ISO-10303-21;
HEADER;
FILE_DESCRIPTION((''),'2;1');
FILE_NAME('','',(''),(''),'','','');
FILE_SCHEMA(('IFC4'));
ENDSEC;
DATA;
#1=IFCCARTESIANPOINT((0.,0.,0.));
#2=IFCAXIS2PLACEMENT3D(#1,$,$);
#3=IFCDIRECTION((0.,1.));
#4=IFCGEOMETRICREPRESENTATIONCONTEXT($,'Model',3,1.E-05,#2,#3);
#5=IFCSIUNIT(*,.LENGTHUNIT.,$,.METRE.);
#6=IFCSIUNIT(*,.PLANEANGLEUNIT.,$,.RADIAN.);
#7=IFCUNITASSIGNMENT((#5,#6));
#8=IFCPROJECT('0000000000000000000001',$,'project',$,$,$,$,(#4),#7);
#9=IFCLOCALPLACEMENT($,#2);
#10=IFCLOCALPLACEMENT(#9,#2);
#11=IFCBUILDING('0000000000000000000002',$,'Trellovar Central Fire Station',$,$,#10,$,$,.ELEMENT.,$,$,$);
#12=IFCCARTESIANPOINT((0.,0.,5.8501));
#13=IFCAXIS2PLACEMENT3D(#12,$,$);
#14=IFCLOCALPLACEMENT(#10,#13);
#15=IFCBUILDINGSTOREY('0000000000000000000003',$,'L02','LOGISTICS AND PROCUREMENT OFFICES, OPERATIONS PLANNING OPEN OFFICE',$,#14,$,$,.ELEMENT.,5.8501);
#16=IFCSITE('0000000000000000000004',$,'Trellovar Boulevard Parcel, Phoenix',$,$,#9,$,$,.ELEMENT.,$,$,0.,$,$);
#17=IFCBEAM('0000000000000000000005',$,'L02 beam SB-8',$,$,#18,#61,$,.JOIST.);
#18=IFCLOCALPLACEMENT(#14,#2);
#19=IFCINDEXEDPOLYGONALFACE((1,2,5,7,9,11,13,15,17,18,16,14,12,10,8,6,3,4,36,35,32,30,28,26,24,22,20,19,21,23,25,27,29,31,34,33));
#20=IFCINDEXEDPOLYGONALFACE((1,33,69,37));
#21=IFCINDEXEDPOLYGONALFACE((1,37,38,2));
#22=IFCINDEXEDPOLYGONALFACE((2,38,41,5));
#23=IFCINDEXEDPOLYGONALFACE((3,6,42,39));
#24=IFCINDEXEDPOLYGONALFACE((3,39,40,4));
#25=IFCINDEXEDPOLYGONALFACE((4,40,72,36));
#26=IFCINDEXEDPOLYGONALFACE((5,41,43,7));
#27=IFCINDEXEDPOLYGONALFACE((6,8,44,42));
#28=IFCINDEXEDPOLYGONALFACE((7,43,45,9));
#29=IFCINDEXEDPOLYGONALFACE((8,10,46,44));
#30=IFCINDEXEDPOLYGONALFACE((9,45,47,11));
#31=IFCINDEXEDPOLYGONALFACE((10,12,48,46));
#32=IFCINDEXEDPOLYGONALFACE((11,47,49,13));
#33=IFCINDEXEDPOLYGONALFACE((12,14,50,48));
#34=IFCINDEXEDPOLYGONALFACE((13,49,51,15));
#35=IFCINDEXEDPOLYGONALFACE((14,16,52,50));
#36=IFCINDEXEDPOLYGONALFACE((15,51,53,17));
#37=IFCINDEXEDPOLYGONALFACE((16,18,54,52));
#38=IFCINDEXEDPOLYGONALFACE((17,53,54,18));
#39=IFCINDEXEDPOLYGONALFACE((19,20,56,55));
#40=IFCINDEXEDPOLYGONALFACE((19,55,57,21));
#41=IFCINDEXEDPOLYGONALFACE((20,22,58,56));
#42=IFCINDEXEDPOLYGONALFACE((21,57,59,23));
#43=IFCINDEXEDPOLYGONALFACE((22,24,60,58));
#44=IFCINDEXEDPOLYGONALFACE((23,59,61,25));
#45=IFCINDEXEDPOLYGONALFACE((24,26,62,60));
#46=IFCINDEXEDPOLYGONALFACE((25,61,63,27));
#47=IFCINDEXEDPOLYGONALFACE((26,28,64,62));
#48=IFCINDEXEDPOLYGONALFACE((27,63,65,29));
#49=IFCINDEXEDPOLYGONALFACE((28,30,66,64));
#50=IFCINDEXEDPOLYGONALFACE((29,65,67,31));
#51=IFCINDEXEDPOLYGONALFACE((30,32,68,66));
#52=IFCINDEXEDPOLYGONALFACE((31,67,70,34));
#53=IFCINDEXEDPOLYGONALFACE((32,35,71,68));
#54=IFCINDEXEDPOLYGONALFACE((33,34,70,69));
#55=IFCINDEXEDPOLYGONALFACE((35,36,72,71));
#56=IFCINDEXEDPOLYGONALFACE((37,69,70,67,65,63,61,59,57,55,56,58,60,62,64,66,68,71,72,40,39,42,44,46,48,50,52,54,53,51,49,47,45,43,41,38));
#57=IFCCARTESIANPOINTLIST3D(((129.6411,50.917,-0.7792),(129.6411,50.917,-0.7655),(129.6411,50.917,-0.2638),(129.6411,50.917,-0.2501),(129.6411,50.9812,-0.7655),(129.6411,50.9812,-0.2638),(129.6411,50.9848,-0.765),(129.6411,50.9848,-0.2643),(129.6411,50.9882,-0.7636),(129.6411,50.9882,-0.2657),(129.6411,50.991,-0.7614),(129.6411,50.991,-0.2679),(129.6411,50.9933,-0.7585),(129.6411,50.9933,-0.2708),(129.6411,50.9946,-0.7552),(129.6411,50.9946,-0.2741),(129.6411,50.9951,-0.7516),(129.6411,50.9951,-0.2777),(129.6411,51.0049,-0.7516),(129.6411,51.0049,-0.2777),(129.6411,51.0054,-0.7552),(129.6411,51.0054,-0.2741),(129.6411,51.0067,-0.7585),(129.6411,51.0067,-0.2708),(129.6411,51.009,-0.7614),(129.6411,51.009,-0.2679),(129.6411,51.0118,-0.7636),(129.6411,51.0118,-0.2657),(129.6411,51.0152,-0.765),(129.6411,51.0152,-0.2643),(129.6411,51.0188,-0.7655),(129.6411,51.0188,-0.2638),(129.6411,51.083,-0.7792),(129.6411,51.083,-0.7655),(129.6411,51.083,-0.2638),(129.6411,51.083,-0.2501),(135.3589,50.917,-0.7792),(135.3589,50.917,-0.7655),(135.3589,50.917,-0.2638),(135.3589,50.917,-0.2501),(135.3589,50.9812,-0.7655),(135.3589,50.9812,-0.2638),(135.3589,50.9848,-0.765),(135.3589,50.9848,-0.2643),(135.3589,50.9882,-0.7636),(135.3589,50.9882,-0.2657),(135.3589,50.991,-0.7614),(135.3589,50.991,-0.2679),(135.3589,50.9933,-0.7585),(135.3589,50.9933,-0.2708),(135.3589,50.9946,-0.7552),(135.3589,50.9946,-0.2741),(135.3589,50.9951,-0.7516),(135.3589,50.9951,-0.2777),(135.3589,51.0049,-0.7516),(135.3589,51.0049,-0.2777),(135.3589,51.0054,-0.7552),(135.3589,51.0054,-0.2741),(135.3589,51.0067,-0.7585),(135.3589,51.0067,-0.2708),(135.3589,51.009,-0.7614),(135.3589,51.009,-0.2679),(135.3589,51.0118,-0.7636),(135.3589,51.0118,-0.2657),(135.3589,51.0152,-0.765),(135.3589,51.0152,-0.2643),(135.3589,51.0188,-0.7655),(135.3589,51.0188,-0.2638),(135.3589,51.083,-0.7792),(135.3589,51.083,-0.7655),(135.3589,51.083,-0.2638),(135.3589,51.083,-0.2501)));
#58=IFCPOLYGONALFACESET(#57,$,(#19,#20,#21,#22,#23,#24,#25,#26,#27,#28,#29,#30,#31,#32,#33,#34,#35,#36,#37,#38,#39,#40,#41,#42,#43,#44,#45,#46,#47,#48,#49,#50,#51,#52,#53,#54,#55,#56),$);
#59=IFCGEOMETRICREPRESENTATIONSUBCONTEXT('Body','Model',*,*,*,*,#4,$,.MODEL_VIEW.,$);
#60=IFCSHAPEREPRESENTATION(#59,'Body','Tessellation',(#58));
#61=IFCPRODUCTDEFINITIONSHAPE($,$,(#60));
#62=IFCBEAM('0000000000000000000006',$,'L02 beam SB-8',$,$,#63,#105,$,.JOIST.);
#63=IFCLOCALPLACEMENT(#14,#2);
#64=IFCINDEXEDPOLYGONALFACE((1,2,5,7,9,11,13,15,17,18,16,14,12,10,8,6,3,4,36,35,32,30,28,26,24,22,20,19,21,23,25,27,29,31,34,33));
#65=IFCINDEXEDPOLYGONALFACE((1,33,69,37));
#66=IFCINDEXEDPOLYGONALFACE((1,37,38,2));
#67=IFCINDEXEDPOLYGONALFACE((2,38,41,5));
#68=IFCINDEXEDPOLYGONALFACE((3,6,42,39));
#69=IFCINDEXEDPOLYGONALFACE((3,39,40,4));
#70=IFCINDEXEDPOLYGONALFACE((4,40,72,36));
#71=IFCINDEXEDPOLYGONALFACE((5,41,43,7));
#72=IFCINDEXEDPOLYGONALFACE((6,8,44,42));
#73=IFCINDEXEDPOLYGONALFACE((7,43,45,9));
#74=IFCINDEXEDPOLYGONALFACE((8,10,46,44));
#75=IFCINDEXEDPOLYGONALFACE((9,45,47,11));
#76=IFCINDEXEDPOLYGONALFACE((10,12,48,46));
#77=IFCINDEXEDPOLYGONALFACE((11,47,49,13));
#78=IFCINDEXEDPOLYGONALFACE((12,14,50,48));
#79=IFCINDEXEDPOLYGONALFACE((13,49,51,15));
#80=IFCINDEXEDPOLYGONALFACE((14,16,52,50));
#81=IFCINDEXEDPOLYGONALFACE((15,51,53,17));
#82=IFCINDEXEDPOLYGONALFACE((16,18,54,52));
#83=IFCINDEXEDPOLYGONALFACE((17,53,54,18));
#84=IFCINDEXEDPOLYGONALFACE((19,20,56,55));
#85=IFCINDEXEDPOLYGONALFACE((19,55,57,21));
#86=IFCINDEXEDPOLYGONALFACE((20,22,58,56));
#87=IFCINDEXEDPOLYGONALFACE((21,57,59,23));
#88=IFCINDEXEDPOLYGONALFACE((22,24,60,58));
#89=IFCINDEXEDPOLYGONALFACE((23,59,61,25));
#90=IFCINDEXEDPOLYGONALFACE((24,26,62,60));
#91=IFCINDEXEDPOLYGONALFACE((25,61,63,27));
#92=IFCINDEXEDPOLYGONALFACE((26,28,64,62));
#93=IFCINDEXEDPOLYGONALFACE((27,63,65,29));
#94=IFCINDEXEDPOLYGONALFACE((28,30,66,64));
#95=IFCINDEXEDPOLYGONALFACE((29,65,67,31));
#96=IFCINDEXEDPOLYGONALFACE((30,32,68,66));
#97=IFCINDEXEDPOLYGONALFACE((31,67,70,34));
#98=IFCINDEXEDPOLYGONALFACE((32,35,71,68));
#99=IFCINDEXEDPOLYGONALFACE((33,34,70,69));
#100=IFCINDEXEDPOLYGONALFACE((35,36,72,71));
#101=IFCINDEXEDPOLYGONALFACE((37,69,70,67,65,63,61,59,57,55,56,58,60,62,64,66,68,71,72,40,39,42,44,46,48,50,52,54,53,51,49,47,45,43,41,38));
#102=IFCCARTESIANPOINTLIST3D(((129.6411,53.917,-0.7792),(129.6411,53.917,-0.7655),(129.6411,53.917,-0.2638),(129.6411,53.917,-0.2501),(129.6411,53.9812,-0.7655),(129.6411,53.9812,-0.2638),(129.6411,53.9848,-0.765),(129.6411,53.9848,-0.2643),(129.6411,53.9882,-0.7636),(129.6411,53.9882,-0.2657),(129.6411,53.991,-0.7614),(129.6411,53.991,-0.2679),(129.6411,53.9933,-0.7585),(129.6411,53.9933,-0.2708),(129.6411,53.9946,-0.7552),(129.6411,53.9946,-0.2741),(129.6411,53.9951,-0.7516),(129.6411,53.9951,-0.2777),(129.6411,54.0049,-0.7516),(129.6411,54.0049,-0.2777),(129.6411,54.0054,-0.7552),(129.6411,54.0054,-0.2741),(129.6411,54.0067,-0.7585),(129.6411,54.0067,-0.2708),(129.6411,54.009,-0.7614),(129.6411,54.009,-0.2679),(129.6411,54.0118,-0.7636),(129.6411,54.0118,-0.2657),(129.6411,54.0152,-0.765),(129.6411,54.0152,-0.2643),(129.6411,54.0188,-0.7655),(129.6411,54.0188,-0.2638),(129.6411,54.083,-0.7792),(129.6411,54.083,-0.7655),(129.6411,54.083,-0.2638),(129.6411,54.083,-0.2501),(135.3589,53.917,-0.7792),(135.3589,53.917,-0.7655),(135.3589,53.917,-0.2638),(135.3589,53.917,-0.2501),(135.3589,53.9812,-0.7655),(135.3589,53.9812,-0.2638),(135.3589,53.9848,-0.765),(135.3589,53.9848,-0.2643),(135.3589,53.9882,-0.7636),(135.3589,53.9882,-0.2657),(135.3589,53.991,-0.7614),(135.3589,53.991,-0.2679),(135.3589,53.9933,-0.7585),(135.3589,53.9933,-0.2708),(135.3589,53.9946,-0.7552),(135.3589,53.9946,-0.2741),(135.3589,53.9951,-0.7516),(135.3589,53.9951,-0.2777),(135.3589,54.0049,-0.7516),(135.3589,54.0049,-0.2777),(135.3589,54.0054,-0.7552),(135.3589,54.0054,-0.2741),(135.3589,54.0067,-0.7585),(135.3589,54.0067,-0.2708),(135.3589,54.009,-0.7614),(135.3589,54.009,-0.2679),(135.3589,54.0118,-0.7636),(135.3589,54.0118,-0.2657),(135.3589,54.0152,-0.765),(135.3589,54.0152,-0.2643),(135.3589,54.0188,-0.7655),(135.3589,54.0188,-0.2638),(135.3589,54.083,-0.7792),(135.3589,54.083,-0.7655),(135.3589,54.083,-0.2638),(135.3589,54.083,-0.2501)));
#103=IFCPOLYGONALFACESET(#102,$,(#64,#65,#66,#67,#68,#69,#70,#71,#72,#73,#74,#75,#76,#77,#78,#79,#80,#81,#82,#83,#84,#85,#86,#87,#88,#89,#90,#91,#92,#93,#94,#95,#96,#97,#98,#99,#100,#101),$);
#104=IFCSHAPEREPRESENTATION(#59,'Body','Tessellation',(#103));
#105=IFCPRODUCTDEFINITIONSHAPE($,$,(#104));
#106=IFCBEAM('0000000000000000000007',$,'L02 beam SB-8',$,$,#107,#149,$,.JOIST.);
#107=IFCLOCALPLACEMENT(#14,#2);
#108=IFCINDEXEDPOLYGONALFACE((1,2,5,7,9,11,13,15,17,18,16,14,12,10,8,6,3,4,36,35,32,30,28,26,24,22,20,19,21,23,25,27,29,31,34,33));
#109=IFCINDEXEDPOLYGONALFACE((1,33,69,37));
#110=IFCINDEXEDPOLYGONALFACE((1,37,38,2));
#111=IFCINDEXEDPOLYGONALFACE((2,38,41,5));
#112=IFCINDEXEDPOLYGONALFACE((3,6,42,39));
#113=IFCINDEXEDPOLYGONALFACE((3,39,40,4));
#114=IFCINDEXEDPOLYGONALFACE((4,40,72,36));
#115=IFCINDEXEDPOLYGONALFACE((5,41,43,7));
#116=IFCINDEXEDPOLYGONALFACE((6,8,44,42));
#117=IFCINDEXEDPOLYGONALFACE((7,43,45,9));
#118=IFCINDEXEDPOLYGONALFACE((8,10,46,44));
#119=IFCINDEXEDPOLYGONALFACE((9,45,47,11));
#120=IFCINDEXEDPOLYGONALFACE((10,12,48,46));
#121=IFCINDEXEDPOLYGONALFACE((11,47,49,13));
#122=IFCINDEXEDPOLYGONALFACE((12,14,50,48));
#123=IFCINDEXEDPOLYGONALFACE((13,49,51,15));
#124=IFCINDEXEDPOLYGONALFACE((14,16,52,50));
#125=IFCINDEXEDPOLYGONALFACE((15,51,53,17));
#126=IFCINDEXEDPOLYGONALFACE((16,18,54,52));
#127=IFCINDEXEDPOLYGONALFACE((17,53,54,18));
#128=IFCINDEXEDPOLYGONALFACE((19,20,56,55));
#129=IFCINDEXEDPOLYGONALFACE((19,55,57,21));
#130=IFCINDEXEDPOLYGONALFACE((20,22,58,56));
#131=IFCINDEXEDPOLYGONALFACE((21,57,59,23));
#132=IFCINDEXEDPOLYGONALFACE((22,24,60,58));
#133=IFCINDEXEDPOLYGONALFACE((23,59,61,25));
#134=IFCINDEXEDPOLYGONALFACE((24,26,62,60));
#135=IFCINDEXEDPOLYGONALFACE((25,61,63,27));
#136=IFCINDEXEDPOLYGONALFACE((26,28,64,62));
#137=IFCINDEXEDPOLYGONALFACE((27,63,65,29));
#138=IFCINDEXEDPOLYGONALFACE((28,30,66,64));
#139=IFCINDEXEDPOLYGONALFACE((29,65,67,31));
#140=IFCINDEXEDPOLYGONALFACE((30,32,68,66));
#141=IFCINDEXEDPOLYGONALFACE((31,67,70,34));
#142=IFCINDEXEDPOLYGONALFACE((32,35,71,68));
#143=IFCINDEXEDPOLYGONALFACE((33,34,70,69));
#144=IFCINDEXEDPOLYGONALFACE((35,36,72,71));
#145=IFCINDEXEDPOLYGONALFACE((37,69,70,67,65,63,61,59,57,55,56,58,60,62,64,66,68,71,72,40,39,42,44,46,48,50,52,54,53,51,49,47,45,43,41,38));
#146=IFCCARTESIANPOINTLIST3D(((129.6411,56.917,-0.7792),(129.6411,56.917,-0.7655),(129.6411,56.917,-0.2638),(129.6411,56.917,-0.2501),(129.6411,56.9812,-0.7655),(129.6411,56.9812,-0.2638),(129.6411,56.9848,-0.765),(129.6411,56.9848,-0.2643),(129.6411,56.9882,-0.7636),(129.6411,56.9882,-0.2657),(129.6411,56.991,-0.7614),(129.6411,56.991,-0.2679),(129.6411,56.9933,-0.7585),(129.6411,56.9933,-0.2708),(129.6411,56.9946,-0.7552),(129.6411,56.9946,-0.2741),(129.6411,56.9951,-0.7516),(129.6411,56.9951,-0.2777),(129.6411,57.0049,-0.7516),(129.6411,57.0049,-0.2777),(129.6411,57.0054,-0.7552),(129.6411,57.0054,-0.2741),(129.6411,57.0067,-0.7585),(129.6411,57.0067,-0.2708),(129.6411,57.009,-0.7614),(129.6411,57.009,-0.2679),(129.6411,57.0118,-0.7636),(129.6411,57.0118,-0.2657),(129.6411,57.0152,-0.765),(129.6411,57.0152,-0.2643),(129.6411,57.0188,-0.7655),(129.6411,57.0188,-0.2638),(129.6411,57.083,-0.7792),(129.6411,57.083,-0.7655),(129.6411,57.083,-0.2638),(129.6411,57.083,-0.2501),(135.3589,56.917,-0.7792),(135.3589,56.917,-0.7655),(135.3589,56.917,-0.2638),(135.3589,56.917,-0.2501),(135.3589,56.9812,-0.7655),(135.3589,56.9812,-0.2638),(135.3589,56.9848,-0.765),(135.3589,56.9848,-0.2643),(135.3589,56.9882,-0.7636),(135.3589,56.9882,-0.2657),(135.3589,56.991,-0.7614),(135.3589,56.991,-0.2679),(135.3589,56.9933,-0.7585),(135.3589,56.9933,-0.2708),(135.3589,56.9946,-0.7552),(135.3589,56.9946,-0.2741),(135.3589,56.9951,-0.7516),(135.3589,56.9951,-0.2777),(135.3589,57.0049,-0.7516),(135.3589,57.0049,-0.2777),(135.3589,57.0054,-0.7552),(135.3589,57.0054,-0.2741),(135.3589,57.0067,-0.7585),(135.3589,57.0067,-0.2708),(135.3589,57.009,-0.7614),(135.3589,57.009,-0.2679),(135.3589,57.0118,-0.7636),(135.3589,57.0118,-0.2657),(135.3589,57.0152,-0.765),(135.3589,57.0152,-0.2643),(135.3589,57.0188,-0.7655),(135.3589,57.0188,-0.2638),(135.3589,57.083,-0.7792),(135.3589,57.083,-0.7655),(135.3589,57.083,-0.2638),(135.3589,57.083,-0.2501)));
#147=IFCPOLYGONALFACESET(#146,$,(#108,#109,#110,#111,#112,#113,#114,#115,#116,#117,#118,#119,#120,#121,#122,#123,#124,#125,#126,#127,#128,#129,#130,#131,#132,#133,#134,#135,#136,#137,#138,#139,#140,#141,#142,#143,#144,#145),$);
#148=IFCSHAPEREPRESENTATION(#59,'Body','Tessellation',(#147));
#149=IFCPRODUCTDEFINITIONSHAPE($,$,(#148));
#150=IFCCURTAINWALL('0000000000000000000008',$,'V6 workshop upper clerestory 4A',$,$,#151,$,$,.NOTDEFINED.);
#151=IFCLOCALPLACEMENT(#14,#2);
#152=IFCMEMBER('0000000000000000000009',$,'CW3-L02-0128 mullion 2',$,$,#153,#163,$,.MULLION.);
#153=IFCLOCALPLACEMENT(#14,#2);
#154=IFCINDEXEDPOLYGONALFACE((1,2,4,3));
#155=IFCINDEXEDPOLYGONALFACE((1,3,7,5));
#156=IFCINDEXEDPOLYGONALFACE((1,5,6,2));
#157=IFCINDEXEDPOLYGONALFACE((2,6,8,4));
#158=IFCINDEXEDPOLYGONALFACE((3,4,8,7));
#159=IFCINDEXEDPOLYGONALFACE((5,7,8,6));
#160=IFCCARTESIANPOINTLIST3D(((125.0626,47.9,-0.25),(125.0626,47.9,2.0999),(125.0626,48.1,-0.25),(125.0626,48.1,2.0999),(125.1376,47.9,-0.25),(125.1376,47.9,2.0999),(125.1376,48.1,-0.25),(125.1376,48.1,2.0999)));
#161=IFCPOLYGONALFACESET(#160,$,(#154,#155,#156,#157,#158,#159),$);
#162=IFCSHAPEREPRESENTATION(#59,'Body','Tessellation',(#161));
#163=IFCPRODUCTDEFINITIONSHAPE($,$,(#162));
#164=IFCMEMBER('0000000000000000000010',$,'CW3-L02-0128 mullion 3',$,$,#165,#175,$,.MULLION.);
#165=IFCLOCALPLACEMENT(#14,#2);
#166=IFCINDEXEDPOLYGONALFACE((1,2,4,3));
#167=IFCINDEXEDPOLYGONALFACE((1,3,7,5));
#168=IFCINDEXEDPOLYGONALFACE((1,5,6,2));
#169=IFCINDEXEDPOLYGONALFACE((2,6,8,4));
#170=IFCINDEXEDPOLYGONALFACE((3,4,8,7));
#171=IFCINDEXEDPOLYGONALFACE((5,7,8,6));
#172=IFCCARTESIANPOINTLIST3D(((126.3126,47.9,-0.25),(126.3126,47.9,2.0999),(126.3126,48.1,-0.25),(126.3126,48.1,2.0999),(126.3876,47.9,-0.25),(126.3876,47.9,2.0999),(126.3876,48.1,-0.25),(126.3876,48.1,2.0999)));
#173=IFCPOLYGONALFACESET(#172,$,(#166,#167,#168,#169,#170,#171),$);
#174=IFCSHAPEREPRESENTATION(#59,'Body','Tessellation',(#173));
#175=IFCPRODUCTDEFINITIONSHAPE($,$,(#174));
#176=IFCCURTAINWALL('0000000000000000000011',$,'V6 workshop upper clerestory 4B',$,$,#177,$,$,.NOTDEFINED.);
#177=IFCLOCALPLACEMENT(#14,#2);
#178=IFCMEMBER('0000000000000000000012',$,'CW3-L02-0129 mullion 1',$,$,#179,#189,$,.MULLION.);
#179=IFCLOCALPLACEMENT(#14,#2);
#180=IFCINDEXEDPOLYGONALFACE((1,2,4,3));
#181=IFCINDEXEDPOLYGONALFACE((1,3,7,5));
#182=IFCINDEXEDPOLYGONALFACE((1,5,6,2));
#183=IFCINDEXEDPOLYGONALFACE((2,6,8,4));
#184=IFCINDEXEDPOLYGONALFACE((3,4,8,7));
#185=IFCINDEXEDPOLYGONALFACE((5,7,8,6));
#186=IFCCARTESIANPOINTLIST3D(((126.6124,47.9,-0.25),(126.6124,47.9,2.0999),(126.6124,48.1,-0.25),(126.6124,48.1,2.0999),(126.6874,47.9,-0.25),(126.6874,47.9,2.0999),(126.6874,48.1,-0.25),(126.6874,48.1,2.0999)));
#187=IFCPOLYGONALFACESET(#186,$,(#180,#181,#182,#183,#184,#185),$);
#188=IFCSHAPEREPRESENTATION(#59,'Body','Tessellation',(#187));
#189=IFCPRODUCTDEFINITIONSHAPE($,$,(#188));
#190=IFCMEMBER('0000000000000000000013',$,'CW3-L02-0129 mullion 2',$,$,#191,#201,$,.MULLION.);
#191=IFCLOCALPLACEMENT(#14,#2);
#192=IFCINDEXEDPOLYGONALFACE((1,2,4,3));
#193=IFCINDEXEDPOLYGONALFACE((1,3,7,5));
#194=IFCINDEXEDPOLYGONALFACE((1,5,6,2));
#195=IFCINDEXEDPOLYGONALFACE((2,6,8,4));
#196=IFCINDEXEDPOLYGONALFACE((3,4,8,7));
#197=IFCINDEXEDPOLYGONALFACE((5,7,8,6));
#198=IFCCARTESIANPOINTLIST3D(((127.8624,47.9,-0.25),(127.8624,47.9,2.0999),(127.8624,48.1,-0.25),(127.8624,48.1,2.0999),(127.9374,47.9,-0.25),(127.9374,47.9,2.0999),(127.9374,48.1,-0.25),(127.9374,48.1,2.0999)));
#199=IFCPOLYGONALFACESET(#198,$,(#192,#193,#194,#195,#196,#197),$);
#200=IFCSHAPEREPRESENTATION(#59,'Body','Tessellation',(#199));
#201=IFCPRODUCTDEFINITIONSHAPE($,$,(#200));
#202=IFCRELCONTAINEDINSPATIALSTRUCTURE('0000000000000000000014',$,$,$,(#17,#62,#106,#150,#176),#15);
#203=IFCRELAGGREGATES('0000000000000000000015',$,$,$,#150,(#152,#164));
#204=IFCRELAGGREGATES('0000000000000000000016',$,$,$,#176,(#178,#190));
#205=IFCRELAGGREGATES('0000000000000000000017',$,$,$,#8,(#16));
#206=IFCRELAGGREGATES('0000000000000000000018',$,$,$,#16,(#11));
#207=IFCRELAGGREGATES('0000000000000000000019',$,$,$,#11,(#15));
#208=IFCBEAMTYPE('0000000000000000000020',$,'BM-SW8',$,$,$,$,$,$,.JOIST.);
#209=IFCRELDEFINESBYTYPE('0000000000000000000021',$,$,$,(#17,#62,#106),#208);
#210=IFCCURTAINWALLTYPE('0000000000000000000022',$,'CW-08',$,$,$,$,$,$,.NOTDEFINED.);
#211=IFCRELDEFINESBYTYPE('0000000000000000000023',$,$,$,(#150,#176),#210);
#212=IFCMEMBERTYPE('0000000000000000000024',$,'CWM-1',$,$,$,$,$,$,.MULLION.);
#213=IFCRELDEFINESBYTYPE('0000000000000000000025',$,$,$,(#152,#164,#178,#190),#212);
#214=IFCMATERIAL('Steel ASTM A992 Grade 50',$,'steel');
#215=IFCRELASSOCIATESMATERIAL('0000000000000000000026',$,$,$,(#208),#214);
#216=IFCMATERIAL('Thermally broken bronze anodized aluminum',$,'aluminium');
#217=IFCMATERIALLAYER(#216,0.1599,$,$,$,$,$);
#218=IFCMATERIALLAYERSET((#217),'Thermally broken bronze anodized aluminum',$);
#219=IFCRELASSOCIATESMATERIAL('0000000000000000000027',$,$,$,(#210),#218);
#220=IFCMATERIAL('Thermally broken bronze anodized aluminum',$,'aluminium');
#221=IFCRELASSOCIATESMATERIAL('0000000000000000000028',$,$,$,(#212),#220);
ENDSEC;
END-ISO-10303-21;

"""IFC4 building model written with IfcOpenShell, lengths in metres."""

from ifc_helpers import new_model, si_unit, direction, frame, origin, origin_2d, place, context, subcontext, project, spatial, rectangle, i_section, extrude, material, layer, layer_set, material_profile, profile_set, type_object, element, aggregate, save


model = new_model("IFC4")

# Units and contexts
model_context = context("Model", 3, precision=1e-05, world=origin(), true_north=direction((0.0, 1.0)))
body_context = subcontext(model_context, "Body", "Model", "MODEL_VIEW")
ifc_project = project(units=[si_unit("LENGTHUNIT", "METRE"), si_unit("PLANEANGLEUNIT", "RADIAN")], contexts=[model_context])

# Site, building, storey
site_placement = place(None, origin())
site = spatial("IfcSite", under=ifc_project, at=site_placement, Name="Trellovar Boulevard Parcel, Phoenix", CompositionType="ELEMENT", RefElevation=0.0)
building_placement = place(site_placement, origin())
building = spatial("IfcBuilding", under=site, at=building_placement, Name="Trellovar Central Fire Station", CompositionType="ELEMENT")
storey_placement = place(building_placement, frame((0.0, 0.0, 5.8501)))
storey = spatial("IfcBuildingStorey", under=building, at=storey_placement, Name="L02", Description="LOGISTICS AND PROCUREMENT OFFICES, OPERATIONS PLANNING OPEN OFFICE", CompositionType="ELEMENT", Elevation=5.8501)

# Beams
ifc_material_1 = material(Name="Steel ASTM A992 Grade 50", Category="steel")
ifc_material_profile_1 = material_profile(ifc_material_1, i_section(OverallWidth=0.166, OverallDepth=0.5291, WebThickness=0.0098, FlangeThickness=0.0137, FilletRadius=0.0139, at=origin_2d()), Name="W21X50")
ifc_profile_set_1 = profile_set([ifc_material_profile_1], Name="Steel ASTM A992 Grade 50")
beam_type_1 = type_object("IfcBeamType", Name="BM-SW8", PredefinedType="JOIST", material=ifc_profile_set_1)
for number, where, z_axis, x_axis, name in (
    (1, (129.6411, 51.0, -0.5146), (1.0, 0.0, 0.0), (0.0, 1.0, 0.0), "L02 beam SB-8"),
    (2, (129.6411, 54.0, -0.5146), (1.0, 0.0, 0.0), (0.0, 1.0, 0.0), "L02 beam SB-8"),
    (3, (129.6411, 57.0, -0.5146), (1.0, 0.0, 0.0), (0.0, 1.0, 0.0), "L02 beam SB-8"),
):
    element("IfcBeam", number, at=place(storey_placement, frame(where, z_axis=z_axis, x_axis=x_axis)), inside=storey, type_object=beam_type_1, Name=name, PredefinedType="JOIST", context=body_context, shape_type="SweptSolid", body=[
        extrude(i_section(OverallWidth=0.166, OverallDepth=0.5291, WebThickness=0.0098, FlangeThickness=0.0137, FilletRadius=0.0139, at=origin_2d()), origin(), (0.0, 0.0, 1.0), 5.7178),
    ])

# Curtain walls, members
ifc_material_2 = material(Name="Thermally broken bronze anodized aluminum", Category="aluminium")
ifc_layer_1 = layer(ifc_material_2, 0.1599)
ifc_layer_set_1 = layer_set([ifc_layer_1], Name="Thermally broken bronze anodized aluminum")
curtain_wall_type = type_object("IfcCurtainWallType", Name="CW-08", PredefinedType="NOTDEFINED", material=ifc_layer_set_1)
curtain_wall_1_placement = place(storey_placement, origin())
curtain_wall_1 = element("IfcCurtainWall", 4, at=curtain_wall_1_placement, inside=storey, type_object=curtain_wall_type, Name="V6 workshop upper clerestory 4A", PredefinedType="NOTDEFINED")
ifc_material_3 = material(Name="Thermally broken bronze anodized aluminum", Category="aluminium")
ifc_material_profile_2 = material_profile(ifc_material_3, rectangle(XDim=0.075, YDim=0.2, at=origin_2d()), Name="ALU75X200")
ifc_profile_set_2 = profile_set([ifc_material_profile_2], Name="Thermally broken bronze anodized aluminum")
member_type_1 = type_object("IfcMemberType", Name="CWM-1", PredefinedType="MULLION", material=ifc_profile_set_2)
member_1_placement = place(storey_placement, frame((125.1001, 48.0, -0.25), z_axis=(0.0, 0.0, 1.0), x_axis=(1.0, 0.0, 0.0)))
member_1 = element("IfcMember", 5, at=member_1_placement, type_object=member_type_1, Name="CW3-L02-0128 mullion 2", PredefinedType="MULLION", context=body_context, shape_type="SweptSolid", body=[
    extrude(rectangle(XDim=0.075, YDim=0.2, at=origin_2d()), origin(), (0.0, 0.0, 1.0), 2.3499),
])
member_2_placement = place(storey_placement, frame((126.3501, 48.0, -0.25), z_axis=(0.0, 0.0, 1.0), x_axis=(1.0, 0.0, 0.0)))
member_2 = element("IfcMember", 6, at=member_2_placement, type_object=member_type_1, Name="CW3-L02-0128 mullion 3", PredefinedType="MULLION", context=body_context, shape_type="SweptSolid", body=[
    extrude(rectangle(XDim=0.075, YDim=0.2, at=origin_2d()), origin(), (0.0, 0.0, 1.0), 2.3499),
])
curtain_wall_2_placement = place(storey_placement, origin())
curtain_wall_2 = element("IfcCurtainWall", 7, at=curtain_wall_2_placement, inside=storey, type_object=curtain_wall_type, Name="V6 workshop upper clerestory 4B", PredefinedType="NOTDEFINED")
member_3_placement = place(storey_placement, frame((126.6499, 48.0, -0.25), z_axis=(0.0, 0.0, 1.0), x_axis=(1.0, 0.0, 0.0)))
member_3 = element("IfcMember", 8, at=member_3_placement, type_object=member_type_1, Name="CW3-L02-0129 mullion 1", PredefinedType="MULLION", context=body_context, shape_type="SweptSolid", body=[
    extrude(rectangle(XDim=0.075, YDim=0.2, at=origin_2d()), origin(), (0.0, 0.0, 1.0), 2.3499),
])
member_4_placement = place(storey_placement, frame((127.8999, 48.0, -0.25), z_axis=(0.0, 0.0, 1.0), x_axis=(1.0, 0.0, 0.0)))
member_4 = element("IfcMember", 9, at=member_4_placement, type_object=member_type_1, Name="CW3-L02-0129 mullion 2", PredefinedType="MULLION", context=body_context, shape_type="SweptSolid", body=[
    extrude(rectangle(XDim=0.075, YDim=0.2, at=origin_2d()), origin(), (0.0, 0.0, 1.0), 2.3499),
])

aggregate(curtain_wall_1, [member_1, member_2])
aggregate(curtain_wall_2, [member_3, member_4])

save(model, "model.ifc")
